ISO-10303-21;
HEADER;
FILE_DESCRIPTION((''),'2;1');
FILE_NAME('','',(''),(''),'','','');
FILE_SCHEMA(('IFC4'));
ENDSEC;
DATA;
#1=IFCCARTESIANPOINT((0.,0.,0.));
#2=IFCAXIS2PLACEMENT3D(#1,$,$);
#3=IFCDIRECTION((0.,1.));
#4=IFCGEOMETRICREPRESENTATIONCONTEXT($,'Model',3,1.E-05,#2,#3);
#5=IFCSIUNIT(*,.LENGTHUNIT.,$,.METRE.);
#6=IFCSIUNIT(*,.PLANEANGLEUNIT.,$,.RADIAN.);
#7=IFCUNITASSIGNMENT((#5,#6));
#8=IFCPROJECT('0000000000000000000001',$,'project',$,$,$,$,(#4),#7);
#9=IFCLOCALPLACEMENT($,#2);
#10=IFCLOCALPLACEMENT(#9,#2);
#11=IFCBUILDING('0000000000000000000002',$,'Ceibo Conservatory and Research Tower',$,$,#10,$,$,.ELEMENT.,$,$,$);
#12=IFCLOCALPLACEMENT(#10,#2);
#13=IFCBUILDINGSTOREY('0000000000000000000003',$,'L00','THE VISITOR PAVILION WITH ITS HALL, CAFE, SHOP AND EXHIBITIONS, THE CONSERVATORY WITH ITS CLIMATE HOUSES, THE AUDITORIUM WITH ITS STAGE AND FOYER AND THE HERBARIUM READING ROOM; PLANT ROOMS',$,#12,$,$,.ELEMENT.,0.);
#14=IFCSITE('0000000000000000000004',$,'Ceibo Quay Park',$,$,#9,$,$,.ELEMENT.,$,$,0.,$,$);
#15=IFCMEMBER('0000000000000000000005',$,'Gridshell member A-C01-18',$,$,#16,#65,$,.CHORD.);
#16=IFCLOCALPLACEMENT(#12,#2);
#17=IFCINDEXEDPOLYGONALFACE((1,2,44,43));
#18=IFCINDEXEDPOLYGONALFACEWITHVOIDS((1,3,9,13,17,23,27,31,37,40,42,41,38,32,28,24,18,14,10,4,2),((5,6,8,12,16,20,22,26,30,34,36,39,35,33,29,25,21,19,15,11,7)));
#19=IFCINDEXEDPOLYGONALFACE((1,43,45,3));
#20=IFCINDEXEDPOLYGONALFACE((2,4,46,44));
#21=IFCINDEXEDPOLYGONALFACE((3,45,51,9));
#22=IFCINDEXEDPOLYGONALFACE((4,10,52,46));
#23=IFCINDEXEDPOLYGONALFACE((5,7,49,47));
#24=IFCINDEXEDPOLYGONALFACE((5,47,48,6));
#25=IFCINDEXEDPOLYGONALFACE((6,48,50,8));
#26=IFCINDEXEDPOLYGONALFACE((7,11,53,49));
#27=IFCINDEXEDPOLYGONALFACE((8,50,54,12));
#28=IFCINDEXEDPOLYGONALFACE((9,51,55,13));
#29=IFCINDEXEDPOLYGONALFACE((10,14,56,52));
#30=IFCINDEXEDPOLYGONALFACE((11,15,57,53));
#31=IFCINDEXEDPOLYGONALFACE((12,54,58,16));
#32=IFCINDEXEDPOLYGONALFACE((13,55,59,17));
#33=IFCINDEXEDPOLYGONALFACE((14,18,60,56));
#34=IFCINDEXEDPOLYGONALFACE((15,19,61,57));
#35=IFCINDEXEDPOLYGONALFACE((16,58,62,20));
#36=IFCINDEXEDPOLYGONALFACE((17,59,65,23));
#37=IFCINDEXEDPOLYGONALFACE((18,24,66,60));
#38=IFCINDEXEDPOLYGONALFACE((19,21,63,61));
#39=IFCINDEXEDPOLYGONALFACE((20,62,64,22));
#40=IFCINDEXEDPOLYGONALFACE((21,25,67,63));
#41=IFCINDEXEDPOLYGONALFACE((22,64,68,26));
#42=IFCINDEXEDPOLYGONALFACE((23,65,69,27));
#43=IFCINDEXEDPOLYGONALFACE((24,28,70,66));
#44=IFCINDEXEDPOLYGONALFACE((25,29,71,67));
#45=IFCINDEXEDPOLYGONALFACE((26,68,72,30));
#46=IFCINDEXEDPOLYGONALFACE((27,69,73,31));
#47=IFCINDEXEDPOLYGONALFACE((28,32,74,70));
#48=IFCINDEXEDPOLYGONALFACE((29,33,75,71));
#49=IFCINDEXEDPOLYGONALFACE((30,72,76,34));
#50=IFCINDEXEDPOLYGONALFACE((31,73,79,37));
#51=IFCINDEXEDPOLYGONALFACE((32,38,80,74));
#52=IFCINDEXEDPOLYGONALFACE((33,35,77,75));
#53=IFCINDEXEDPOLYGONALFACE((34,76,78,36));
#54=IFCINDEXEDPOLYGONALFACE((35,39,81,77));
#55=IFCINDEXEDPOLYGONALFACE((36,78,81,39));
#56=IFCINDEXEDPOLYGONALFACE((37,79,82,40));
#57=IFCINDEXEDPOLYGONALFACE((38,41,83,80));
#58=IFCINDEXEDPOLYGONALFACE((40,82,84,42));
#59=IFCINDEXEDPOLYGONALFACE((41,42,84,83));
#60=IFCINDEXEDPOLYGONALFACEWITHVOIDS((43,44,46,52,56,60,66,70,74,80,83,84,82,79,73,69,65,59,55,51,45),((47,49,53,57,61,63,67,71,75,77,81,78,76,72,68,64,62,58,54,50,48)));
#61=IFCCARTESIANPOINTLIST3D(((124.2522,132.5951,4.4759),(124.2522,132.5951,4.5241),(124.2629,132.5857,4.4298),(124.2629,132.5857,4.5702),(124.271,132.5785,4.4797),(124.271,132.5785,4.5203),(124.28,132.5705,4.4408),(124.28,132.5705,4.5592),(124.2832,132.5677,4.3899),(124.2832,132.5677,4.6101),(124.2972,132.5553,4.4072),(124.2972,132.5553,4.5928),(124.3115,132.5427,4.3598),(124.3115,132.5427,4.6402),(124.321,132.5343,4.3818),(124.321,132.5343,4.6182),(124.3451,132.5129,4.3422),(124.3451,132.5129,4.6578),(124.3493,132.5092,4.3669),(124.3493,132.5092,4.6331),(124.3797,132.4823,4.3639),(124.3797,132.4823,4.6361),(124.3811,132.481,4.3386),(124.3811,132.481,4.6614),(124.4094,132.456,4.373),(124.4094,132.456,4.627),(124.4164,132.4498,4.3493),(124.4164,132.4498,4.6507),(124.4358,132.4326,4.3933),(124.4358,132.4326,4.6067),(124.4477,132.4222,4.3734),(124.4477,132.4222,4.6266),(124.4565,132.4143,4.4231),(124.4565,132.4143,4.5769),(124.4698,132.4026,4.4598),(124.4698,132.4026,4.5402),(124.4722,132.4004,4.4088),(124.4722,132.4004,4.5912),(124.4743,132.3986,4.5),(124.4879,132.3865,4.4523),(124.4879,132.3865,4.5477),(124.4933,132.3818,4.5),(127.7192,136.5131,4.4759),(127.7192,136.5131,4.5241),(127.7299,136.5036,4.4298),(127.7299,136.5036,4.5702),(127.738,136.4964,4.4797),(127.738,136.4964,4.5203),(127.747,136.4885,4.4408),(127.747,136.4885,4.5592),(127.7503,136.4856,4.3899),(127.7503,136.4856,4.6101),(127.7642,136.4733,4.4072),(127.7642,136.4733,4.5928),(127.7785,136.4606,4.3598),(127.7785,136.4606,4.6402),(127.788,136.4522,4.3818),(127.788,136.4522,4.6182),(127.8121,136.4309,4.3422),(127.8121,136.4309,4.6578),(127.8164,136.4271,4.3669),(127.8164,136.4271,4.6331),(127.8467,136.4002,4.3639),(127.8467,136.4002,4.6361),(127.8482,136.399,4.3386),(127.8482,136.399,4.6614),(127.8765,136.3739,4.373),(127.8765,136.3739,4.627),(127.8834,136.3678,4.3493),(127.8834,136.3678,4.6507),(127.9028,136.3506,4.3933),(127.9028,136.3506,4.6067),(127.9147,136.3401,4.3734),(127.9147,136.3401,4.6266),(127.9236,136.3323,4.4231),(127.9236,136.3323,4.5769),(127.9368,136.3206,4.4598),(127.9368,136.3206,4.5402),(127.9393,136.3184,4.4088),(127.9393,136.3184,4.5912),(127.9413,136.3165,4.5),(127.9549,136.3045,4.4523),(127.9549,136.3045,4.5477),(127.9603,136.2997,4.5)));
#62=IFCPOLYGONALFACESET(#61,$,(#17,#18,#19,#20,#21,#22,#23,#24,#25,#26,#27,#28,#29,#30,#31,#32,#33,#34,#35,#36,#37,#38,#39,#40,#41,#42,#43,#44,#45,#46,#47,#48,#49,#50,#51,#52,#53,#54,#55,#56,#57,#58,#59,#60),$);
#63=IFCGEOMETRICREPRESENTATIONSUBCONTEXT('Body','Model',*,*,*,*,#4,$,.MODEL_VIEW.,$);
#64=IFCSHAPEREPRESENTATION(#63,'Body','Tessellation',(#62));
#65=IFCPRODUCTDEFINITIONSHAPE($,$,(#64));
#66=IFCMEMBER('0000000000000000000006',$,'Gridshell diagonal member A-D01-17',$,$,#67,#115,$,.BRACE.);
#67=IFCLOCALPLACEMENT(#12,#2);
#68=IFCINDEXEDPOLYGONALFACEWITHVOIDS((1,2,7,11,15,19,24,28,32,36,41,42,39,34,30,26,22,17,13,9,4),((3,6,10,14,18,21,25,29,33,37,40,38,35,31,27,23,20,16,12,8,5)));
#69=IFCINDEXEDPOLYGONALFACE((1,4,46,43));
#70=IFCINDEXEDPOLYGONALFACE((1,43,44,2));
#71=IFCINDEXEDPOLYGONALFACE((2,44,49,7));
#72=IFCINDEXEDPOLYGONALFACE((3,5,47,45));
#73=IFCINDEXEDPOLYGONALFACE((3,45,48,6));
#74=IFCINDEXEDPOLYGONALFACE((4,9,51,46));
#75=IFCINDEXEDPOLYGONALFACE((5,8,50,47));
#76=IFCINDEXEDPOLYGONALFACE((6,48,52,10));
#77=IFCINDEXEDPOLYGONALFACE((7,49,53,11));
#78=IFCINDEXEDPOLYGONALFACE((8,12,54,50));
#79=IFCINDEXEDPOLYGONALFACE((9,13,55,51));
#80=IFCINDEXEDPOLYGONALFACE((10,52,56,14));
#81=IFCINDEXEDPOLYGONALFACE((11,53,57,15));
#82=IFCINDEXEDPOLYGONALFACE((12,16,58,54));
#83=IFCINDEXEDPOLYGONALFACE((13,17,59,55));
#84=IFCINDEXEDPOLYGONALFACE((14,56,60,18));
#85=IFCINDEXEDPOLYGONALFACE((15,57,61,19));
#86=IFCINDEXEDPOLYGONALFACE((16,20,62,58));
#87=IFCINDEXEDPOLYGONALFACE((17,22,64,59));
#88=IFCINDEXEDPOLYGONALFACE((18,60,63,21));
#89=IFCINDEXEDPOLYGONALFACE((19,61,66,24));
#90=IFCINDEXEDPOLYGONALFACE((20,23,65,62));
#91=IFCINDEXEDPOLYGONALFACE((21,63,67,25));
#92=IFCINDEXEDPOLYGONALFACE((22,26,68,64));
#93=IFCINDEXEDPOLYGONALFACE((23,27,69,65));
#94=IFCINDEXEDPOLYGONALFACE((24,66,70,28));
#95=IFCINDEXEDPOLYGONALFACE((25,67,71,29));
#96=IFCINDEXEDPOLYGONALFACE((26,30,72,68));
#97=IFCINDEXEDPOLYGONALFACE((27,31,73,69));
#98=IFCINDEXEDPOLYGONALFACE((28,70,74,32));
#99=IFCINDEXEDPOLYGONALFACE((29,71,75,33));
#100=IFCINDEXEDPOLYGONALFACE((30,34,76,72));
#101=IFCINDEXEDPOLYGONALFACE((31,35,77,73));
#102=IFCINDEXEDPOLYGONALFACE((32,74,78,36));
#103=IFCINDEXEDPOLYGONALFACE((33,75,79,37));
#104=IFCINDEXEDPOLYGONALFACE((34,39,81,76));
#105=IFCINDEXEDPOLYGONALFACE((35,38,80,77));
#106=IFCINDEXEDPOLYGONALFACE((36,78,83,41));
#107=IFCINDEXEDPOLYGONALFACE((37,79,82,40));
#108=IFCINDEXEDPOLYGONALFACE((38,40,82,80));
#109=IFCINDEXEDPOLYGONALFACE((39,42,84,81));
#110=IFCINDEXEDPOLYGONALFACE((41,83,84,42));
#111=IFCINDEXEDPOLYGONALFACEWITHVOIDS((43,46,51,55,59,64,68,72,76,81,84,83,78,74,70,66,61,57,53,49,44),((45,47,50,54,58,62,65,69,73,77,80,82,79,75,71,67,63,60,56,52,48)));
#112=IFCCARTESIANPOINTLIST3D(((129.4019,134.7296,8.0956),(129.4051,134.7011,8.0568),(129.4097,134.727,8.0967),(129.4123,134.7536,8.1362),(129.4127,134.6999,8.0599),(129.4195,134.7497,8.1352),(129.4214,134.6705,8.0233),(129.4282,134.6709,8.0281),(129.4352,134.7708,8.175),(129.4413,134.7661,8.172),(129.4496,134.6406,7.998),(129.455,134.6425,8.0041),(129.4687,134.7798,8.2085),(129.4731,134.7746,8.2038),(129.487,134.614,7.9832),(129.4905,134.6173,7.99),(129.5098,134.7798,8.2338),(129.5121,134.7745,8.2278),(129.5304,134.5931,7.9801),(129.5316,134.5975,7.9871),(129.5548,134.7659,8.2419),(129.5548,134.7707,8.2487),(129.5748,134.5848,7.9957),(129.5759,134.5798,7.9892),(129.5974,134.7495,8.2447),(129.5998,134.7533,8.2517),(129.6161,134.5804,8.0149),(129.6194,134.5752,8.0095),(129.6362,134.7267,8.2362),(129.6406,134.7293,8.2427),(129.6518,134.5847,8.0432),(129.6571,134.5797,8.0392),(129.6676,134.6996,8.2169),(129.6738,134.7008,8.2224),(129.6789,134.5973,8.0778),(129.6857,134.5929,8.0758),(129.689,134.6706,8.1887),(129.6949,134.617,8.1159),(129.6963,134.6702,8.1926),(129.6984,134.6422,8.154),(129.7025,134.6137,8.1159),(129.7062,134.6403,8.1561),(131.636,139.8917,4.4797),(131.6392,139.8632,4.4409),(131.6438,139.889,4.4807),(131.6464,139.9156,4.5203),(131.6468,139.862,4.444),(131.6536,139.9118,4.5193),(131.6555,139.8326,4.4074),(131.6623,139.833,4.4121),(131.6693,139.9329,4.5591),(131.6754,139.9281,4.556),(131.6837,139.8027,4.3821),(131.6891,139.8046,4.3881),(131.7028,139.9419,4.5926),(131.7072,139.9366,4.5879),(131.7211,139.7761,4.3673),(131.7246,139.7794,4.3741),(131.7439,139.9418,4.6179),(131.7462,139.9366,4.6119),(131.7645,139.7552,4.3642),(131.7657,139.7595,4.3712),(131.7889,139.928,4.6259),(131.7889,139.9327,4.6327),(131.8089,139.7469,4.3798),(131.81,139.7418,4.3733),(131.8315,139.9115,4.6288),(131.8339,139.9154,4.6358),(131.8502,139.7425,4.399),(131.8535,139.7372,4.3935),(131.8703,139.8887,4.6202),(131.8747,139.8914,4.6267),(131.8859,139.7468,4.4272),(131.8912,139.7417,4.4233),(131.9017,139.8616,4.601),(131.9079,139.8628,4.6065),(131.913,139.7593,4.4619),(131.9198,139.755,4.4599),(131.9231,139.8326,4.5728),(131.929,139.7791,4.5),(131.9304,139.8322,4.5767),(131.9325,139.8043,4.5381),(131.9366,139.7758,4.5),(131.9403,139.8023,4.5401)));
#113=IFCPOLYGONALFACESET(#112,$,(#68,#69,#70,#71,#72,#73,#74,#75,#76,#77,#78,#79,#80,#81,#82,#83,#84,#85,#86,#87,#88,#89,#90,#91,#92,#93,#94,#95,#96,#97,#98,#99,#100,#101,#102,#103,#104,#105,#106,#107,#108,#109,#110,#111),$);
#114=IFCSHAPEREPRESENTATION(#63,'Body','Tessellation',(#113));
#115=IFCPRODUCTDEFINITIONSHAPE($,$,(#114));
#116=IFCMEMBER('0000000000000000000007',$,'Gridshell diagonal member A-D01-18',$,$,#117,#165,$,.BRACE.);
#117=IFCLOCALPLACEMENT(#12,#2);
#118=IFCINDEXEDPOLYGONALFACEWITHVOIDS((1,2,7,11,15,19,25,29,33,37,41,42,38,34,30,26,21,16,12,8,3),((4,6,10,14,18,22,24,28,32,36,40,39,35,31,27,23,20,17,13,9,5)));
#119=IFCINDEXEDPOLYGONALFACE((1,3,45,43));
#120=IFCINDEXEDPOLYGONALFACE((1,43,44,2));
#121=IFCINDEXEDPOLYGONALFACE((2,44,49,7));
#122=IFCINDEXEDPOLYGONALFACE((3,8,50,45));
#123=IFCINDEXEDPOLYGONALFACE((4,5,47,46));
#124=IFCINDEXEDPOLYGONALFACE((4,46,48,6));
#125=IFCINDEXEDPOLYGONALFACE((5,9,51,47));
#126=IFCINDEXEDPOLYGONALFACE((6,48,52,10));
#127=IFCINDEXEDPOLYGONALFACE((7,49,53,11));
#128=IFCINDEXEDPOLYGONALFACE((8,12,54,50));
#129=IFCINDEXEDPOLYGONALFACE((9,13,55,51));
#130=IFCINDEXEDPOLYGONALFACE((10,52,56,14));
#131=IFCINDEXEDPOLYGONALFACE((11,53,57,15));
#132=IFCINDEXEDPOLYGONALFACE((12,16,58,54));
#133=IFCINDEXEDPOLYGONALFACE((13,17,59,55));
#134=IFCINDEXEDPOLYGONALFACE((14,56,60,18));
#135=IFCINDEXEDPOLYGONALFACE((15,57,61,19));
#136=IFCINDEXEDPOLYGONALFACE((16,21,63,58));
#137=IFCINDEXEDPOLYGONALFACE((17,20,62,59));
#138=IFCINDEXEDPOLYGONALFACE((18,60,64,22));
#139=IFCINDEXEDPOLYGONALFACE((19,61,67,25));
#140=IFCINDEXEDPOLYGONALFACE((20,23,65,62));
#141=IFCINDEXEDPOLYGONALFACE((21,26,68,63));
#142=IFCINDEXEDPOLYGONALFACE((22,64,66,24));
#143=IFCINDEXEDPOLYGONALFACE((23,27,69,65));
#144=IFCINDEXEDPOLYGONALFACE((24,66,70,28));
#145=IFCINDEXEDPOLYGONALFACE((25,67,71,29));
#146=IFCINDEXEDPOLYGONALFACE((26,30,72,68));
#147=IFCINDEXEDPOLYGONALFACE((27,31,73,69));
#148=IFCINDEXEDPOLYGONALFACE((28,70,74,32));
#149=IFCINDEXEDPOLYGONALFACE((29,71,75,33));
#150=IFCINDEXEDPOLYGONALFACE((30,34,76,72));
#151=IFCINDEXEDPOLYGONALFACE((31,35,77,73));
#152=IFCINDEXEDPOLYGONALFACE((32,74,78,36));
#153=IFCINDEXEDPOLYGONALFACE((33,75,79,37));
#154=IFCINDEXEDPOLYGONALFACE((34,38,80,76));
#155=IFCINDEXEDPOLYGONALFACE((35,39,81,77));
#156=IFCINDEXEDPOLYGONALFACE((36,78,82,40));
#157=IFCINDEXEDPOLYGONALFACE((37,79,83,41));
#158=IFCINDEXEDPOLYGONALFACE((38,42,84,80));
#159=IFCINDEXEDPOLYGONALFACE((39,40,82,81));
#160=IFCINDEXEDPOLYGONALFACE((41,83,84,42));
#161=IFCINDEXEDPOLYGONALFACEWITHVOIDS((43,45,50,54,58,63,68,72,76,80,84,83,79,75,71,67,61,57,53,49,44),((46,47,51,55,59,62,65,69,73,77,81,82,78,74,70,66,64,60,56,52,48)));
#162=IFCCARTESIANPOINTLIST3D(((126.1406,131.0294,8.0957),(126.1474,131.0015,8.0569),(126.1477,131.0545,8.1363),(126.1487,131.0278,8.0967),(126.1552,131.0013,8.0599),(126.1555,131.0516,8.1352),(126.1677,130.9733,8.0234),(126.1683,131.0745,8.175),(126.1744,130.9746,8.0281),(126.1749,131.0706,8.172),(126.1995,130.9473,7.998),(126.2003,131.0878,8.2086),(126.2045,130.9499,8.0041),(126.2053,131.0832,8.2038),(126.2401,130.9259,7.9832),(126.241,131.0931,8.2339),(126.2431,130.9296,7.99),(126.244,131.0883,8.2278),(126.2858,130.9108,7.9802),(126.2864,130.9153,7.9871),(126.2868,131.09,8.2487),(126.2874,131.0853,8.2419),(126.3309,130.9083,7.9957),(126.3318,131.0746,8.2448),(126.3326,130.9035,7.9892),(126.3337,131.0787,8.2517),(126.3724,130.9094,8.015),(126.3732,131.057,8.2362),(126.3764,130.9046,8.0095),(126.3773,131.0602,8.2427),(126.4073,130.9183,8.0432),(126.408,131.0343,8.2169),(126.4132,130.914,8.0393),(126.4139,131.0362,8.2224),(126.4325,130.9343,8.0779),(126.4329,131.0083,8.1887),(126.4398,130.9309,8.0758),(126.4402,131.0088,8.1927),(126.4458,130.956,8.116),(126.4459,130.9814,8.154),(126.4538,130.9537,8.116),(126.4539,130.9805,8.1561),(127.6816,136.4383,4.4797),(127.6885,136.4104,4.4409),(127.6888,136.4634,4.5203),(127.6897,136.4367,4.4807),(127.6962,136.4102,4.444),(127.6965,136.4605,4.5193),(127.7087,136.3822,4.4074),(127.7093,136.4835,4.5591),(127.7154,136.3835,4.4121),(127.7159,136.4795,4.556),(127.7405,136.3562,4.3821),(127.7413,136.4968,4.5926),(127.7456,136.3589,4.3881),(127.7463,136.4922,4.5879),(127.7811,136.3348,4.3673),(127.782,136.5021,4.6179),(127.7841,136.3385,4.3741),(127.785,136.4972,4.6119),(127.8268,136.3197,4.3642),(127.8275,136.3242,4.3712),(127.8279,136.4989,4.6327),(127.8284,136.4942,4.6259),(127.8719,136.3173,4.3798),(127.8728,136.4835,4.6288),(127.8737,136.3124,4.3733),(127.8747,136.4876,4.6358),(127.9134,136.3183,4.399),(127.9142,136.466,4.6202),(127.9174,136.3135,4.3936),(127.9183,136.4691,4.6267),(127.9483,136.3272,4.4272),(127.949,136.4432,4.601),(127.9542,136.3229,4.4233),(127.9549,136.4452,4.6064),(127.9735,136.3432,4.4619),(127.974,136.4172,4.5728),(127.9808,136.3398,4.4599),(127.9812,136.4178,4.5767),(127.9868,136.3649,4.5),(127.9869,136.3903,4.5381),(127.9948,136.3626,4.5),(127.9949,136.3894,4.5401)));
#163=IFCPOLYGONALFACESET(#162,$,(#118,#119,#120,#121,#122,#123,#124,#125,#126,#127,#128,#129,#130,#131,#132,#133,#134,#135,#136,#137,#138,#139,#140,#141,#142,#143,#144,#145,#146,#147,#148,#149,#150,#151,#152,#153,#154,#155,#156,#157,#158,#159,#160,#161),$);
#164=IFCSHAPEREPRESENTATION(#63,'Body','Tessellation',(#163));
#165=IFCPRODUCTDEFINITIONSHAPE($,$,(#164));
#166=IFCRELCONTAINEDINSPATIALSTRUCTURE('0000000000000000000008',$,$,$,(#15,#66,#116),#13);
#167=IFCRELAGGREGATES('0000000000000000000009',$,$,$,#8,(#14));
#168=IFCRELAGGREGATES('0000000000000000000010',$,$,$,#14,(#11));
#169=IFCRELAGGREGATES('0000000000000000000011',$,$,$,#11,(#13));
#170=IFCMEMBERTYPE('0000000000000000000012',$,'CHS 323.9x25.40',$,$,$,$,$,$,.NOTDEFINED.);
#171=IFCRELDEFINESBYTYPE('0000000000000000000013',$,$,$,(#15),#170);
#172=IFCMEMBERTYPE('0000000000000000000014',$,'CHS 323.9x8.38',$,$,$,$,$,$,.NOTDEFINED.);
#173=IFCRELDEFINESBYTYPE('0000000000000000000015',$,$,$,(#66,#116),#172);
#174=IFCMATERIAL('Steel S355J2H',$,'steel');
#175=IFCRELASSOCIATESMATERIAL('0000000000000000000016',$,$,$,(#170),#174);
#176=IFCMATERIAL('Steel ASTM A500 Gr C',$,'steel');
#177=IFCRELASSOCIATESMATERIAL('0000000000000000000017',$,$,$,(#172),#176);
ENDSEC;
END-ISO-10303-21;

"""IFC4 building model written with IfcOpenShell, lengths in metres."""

from ifc_helpers import new_model, si_unit, direction, frame, origin, origin_2d, place, context, subcontext, project, spatial, hollow_circle, extrude, material, material_profile, profile_set, type_object, element, save


model = new_model("IFC4")

# Units and contexts
model_context = context("Model", 3, precision=1e-05, world=origin(), true_north=direction((0.0, 1.0)))
body_context = subcontext(model_context, "Body", "Model", "MODEL_VIEW")
ifc_project = project(units=[si_unit("LENGTHUNIT", "METRE"), si_unit("PLANEANGLEUNIT", "RADIAN")], contexts=[model_context])

# Site, building, storey
site_placement = place(None, origin())
site = spatial("IfcSite", under=ifc_project, at=site_placement, Name="Ceibo Quay Park", CompositionType="ELEMENT", RefElevation=0.0)
building_placement = place(site_placement, origin())
building = spatial("IfcBuilding", under=site, at=building_placement, Name="Ceibo Conservatory and Research Tower", CompositionType="ELEMENT")
storey_placement = place(building_placement, origin())
storey = spatial("IfcBuildingStorey", under=building, at=storey_placement, Name="L00", Description="THE VISITOR PAVILION WITH ITS HALL, CAFE, SHOP AND EXHIBITIONS, THE CONSERVATORY WITH ITS CLIMATE HOUSES, THE AUDITORIUM WITH ITS STAGE AND FOYER AND THE HERBARIUM READING ROOM; PLANT ROOMS", CompositionType="ELEMENT", Elevation=0.0)

# Members
ifc_material_1 = material(Name="Steel ASTM A500 Gr C", Category="steel")
ifc_material_2 = material(Name="Steel S355J2H", Category="steel")
ifc_material_profile_1 = material_profile(ifc_material_2, hollow_circle(Radius=0.1619, WallThickness=0.0254, at=origin_2d()), Name="CHS 323.9x25.40")
ifc_profile_set_1 = profile_set([ifc_material_profile_1], Name="Steel S355J2H")
member_type_1 = type_object("IfcMemberType", Name="CHS 323.9x25.40", PredefinedType="NOTDEFINED", material=ifc_profile_set_1)
member_1_placement = place(storey_placement, frame((127.8391, 136.407, 4.5), z_axis=(-0.662697, -0.748888, 0.0), x_axis=(0.748888, -0.662697, 0.0)))
element("IfcMember", 1, at=member_1_placement, inside=storey, type_object=member_type_1, Name="Gridshell member A-C01-18", PredefinedType="CHORD", context=body_context, shape_type="SweptSolid", body=[
    extrude(hollow_circle(Radius=0.1619, WallThickness=0.0254, at=origin_2d()), origin(), (0.0, 0.0, 1.0), 5.2317),
])
ifc_material_profile_2 = material_profile(ifc_material_1, hollow_circle(Radius=0.1619, WallThickness=0.0083, at=origin_2d()), Name="CHS 323.9x8.38")
ifc_profile_set_2 = profile_set([ifc_material_profile_2], Name="Steel ASTM A500 Gr C")
member_type_2 = type_object("IfcMemberType", Name="CHS 323.9x8.38", PredefinedType="NOTDEFINED", material=ifc_profile_set_2)
member_2_placement = place(storey_placement, frame((131.7881, 139.8401, 4.5), z_axis=(-0.334108, -0.77198, 0.540758), x_axis=(0.917736, -0.397191, 0.0)))
element("IfcMember", 2, at=member_2_placement, inside=storey, type_object=member_type_2, Name="Gridshell diagonal member A-D01-17", PredefinedType="BRACE", context=body_context, shape_type="SweptSolid", body=[
    extrude(hollow_circle(Radius=0.1619, WallThickness=0.0083, at=origin_2d()), origin(), (0.0, 0.0, 1.0), 6.6868),
])
member_3_placement = place(storey_placement, frame((127.8391, 136.407, 4.5), z_axis=(-0.230474, -0.808959, 0.540803), x_axis=(0.96173, -0.273999, 0.0)))
element("IfcMember", 3, at=member_3_placement, inside=storey, type_object=member_type_2, Name="Gridshell diagonal member A-D01-18", PredefinedType="BRACE", context=body_context, shape_type="SweptSolid", body=[
    extrude(hollow_circle(Radius=0.1619, WallThickness=0.0083, at=origin_2d()), origin(), (0.0, 0.0, 1.0), 6.6863),
])

save(model, "model.ifc")
